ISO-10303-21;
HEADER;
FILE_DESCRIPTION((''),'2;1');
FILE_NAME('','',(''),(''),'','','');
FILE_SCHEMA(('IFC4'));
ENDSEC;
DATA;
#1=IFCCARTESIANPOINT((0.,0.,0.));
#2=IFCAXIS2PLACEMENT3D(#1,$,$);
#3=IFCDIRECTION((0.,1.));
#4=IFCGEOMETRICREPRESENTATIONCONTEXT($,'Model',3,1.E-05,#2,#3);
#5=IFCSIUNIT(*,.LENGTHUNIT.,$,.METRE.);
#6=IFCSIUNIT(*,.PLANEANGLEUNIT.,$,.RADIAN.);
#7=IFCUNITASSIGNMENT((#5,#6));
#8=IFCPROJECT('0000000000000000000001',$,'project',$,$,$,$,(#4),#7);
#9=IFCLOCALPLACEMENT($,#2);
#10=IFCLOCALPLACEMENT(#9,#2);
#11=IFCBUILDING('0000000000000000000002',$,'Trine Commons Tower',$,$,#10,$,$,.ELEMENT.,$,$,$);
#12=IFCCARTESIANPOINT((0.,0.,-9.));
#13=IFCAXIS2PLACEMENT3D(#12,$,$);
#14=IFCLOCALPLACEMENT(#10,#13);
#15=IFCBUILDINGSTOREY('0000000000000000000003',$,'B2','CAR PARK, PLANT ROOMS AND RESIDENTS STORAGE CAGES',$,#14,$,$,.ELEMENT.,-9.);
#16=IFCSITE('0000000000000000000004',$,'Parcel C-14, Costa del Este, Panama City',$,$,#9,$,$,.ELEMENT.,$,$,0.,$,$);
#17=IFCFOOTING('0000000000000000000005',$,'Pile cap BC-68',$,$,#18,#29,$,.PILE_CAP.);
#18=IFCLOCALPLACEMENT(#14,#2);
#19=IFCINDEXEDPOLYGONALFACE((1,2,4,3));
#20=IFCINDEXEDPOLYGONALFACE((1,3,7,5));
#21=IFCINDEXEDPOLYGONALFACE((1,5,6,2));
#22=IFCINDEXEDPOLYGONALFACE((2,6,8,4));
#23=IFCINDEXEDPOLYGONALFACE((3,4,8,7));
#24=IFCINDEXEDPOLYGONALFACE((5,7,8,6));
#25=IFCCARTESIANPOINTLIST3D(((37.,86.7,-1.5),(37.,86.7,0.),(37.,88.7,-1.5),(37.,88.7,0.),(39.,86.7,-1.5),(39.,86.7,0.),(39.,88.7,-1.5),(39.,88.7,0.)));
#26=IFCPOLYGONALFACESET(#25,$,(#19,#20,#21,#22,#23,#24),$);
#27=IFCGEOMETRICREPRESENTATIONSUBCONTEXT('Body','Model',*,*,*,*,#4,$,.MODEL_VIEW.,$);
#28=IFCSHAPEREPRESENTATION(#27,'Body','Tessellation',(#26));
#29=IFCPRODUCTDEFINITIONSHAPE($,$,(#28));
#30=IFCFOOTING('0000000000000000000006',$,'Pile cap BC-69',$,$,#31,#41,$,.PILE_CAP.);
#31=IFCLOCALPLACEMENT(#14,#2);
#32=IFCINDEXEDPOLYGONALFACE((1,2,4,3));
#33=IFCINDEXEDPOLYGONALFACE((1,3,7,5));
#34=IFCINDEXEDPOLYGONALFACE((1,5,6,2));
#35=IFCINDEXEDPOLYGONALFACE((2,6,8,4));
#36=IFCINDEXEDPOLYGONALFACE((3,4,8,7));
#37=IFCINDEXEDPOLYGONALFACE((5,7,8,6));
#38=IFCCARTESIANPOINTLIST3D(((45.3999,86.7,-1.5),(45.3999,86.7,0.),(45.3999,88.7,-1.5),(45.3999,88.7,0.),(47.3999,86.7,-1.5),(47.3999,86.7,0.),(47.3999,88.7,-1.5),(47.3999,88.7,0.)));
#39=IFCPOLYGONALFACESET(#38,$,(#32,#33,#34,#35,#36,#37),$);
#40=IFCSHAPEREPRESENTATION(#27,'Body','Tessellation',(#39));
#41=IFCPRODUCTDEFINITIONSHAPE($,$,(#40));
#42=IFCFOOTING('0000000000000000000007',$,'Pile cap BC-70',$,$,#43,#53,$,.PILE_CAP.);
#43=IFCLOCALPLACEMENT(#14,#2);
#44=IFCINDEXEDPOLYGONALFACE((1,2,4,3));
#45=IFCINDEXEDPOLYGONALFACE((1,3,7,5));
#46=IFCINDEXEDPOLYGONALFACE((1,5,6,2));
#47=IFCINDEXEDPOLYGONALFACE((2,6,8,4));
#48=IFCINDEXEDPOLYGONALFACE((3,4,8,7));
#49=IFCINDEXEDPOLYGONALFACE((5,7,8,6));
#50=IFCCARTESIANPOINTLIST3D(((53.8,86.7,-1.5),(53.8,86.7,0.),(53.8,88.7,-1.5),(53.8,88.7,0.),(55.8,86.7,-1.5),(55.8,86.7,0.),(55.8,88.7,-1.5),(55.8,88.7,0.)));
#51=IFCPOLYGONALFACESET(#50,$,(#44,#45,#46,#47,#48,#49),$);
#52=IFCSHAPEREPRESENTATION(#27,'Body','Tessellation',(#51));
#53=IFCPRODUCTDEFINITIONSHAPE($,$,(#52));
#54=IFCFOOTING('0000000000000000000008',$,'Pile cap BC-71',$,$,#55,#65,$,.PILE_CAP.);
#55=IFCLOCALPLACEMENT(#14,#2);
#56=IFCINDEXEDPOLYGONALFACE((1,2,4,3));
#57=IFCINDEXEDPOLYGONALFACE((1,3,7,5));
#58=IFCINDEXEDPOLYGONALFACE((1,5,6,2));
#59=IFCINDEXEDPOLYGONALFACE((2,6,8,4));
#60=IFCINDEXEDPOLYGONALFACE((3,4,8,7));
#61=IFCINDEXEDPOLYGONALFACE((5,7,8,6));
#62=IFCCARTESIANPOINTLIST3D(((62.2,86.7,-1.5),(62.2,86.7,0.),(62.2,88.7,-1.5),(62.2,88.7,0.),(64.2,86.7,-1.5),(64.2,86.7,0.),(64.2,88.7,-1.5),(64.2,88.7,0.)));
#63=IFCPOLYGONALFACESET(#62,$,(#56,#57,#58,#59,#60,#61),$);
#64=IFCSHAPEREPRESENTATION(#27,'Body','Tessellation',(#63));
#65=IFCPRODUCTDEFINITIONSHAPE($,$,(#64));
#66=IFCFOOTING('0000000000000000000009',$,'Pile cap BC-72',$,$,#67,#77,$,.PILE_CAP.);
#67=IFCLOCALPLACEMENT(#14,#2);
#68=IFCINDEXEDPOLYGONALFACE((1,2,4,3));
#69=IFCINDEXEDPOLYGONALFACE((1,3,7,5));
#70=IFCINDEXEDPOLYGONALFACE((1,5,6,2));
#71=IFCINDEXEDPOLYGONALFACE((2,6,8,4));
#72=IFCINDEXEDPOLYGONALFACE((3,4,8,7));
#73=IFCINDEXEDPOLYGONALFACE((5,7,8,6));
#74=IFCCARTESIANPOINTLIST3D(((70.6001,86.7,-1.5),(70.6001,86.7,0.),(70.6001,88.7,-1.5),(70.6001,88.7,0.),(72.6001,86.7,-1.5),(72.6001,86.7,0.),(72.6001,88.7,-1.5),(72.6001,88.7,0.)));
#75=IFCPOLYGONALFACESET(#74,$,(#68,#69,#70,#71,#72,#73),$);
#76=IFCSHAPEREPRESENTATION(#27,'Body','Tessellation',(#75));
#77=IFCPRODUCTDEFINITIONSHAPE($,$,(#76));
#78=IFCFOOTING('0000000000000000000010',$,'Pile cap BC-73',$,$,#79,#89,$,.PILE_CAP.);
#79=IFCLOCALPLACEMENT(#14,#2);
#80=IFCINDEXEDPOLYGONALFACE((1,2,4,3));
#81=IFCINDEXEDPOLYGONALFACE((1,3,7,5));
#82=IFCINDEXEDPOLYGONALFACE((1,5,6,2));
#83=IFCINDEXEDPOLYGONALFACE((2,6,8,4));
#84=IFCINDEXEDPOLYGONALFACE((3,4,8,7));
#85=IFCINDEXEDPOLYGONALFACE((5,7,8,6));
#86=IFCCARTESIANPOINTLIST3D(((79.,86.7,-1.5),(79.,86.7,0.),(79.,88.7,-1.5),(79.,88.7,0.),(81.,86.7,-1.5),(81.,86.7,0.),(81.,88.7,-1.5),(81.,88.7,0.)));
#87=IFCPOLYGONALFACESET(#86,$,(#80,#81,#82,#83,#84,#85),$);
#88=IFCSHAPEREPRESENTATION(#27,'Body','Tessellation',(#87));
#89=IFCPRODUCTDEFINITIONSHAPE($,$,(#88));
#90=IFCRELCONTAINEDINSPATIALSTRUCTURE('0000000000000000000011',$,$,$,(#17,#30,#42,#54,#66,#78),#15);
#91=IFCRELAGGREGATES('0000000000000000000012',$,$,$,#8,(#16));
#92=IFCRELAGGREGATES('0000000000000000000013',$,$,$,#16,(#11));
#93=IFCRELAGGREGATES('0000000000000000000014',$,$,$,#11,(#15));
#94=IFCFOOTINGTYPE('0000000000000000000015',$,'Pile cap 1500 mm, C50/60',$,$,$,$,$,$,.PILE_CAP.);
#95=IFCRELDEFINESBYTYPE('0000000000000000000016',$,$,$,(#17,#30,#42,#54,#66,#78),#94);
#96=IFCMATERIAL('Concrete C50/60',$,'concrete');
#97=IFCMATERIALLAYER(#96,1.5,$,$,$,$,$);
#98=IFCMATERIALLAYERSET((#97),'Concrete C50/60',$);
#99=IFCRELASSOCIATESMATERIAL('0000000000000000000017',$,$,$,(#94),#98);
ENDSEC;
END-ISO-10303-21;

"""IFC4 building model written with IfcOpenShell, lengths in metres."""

from ifc_helpers import new_model, si_unit, direction, frame, origin, place, context, subcontext, project, spatial, polyline, outline, extrude, material, layer, layer_set, type_object, element, save


model = new_model("IFC4")

# Units and contexts
model_context = context("Model", 3, precision=1e-05, world=origin(), true_north=direction((0.0, 1.0)))
body_context = subcontext(model_context, "Body", "Model", "MODEL_VIEW")
ifc_project = project(units=[si_unit("LENGTHUNIT", "METRE"), si_unit("PLANEANGLEUNIT", "RADIAN")], contexts=[model_context])

# Site, building, storey
site_placement = place(None, origin())
site = spatial("IfcSite", under=ifc_project, at=site_placement, Name="Parcel C-14, Costa del Este, Panama City", CompositionType="ELEMENT", RefElevation=0.0)
building_placement = place(site_placement, origin())
building = spatial("IfcBuilding", under=site, at=building_placement, Name="Trine Commons Tower", CompositionType="ELEMENT")
storey_placement = place(building_placement, frame((0.0, 0.0, -9.0)))
storey = spatial("IfcBuildingStorey", under=building, at=storey_placement, Name="B2", Description="CAR PARK, PLANT ROOMS AND RESIDENTS STORAGE CAGES", CompositionType="ELEMENT", Elevation=-9.0)

# Footings
ifc_material = material(Name="Concrete C50/60", Category="concrete")
ifc_layer = layer(ifc_material, 1.5)
ifc_layer_set = layer_set([ifc_layer], Name="Concrete C50/60")
footing_type = type_object("IfcFootingType", Name="Pile cap 1500 mm, C50/60", PredefinedType="PILE_CAP", material=ifc_layer_set)
footing_1_placement = place(storey_placement, frame((0.0, 0.0, -1.5)))
element("IfcFooting", 1, at=footing_1_placement, inside=storey, type_object=footing_type, Name="Pile cap BC-68", PredefinedType="PILE_CAP", context=body_context, shape_type="SweptSolid", body=[
    extrude(outline(polyline([(37.0, 86.7), (37.0, 88.7), (39.0, 88.7), (39.0, 86.7), (37.0, 86.7)])), origin(), (0.0, 0.0, 1.0), 1.5),
])
footing_2_placement = place(storey_placement, frame((0.0, 0.0, -1.5)))
element("IfcFooting", 2, at=footing_2_placement, inside=storey, type_object=footing_type, Name="Pile cap BC-69", PredefinedType="PILE_CAP", context=body_context, shape_type="SweptSolid", body=[
    extrude(outline(polyline([(45.3999, 86.7), (45.3999, 88.7), (47.3999, 88.7), (47.3999, 86.7), (45.3999, 86.7)])), origin(), (0.0, 0.0, 1.0), 1.5),
])
footing_3_placement = place(storey_placement, frame((0.0, 0.0, -1.5)))
element("IfcFooting", 3, at=footing_3_placement, inside=storey, type_object=footing_type, Name="Pile cap BC-70", PredefinedType="PILE_CAP", context=body_context, shape_type="SweptSolid", body=[
    extrude(outline(polyline([(53.8, 86.7), (53.8, 88.7), (55.8, 88.7), (55.8, 86.7), (53.8, 86.7)])), origin(), (0.0, 0.0, 1.0), 1.5),
])
footing_4_placement = place(storey_placement, frame((0.0, 0.0, -1.5)))
element("IfcFooting", 4, at=footing_4_placement, inside=storey, type_object=footing_type, Name="Pile cap BC-71", PredefinedType="PILE_CAP", context=body_context, shape_type="SweptSolid", body=[
    extrude(outline(polyline([(62.2, 86.7), (62.2, 88.7), (64.2, 88.7), (64.2, 86.7), (62.2, 86.7)])), origin(), (0.0, 0.0, 1.0), 1.5),
])
footing_5_placement = place(storey_placement, frame((0.0, 0.0, -1.5)))
element("IfcFooting", 5, at=footing_5_placement, inside=storey, type_object=footing_type, Name="Pile cap BC-72", PredefinedType="PILE_CAP", context=body_context, shape_type="SweptSolid", body=[
    extrude(outline(polyline([(70.6001, 86.7), (70.6001, 88.7), (72.6001, 88.7), (72.6001, 86.7), (70.6001, 86.7)])), origin(), (0.0, 0.0, 1.0), 1.5),
])
footing_6_placement = place(storey_placement, frame((0.0, 0.0, -1.5)))
element("IfcFooting", 6, at=footing_6_placement, inside=storey, type_object=footing_type, Name="Pile cap BC-73", PredefinedType="PILE_CAP", context=body_context, shape_type="SweptSolid", body=[
    extrude(outline(polyline([(79.0, 86.7), (79.0, 88.7), (81.0, 88.7), (81.0, 86.7), (79.0, 86.7)])), origin(), (0.0, 0.0, 1.0), 1.5),
])

save(model, "model.ifc")
